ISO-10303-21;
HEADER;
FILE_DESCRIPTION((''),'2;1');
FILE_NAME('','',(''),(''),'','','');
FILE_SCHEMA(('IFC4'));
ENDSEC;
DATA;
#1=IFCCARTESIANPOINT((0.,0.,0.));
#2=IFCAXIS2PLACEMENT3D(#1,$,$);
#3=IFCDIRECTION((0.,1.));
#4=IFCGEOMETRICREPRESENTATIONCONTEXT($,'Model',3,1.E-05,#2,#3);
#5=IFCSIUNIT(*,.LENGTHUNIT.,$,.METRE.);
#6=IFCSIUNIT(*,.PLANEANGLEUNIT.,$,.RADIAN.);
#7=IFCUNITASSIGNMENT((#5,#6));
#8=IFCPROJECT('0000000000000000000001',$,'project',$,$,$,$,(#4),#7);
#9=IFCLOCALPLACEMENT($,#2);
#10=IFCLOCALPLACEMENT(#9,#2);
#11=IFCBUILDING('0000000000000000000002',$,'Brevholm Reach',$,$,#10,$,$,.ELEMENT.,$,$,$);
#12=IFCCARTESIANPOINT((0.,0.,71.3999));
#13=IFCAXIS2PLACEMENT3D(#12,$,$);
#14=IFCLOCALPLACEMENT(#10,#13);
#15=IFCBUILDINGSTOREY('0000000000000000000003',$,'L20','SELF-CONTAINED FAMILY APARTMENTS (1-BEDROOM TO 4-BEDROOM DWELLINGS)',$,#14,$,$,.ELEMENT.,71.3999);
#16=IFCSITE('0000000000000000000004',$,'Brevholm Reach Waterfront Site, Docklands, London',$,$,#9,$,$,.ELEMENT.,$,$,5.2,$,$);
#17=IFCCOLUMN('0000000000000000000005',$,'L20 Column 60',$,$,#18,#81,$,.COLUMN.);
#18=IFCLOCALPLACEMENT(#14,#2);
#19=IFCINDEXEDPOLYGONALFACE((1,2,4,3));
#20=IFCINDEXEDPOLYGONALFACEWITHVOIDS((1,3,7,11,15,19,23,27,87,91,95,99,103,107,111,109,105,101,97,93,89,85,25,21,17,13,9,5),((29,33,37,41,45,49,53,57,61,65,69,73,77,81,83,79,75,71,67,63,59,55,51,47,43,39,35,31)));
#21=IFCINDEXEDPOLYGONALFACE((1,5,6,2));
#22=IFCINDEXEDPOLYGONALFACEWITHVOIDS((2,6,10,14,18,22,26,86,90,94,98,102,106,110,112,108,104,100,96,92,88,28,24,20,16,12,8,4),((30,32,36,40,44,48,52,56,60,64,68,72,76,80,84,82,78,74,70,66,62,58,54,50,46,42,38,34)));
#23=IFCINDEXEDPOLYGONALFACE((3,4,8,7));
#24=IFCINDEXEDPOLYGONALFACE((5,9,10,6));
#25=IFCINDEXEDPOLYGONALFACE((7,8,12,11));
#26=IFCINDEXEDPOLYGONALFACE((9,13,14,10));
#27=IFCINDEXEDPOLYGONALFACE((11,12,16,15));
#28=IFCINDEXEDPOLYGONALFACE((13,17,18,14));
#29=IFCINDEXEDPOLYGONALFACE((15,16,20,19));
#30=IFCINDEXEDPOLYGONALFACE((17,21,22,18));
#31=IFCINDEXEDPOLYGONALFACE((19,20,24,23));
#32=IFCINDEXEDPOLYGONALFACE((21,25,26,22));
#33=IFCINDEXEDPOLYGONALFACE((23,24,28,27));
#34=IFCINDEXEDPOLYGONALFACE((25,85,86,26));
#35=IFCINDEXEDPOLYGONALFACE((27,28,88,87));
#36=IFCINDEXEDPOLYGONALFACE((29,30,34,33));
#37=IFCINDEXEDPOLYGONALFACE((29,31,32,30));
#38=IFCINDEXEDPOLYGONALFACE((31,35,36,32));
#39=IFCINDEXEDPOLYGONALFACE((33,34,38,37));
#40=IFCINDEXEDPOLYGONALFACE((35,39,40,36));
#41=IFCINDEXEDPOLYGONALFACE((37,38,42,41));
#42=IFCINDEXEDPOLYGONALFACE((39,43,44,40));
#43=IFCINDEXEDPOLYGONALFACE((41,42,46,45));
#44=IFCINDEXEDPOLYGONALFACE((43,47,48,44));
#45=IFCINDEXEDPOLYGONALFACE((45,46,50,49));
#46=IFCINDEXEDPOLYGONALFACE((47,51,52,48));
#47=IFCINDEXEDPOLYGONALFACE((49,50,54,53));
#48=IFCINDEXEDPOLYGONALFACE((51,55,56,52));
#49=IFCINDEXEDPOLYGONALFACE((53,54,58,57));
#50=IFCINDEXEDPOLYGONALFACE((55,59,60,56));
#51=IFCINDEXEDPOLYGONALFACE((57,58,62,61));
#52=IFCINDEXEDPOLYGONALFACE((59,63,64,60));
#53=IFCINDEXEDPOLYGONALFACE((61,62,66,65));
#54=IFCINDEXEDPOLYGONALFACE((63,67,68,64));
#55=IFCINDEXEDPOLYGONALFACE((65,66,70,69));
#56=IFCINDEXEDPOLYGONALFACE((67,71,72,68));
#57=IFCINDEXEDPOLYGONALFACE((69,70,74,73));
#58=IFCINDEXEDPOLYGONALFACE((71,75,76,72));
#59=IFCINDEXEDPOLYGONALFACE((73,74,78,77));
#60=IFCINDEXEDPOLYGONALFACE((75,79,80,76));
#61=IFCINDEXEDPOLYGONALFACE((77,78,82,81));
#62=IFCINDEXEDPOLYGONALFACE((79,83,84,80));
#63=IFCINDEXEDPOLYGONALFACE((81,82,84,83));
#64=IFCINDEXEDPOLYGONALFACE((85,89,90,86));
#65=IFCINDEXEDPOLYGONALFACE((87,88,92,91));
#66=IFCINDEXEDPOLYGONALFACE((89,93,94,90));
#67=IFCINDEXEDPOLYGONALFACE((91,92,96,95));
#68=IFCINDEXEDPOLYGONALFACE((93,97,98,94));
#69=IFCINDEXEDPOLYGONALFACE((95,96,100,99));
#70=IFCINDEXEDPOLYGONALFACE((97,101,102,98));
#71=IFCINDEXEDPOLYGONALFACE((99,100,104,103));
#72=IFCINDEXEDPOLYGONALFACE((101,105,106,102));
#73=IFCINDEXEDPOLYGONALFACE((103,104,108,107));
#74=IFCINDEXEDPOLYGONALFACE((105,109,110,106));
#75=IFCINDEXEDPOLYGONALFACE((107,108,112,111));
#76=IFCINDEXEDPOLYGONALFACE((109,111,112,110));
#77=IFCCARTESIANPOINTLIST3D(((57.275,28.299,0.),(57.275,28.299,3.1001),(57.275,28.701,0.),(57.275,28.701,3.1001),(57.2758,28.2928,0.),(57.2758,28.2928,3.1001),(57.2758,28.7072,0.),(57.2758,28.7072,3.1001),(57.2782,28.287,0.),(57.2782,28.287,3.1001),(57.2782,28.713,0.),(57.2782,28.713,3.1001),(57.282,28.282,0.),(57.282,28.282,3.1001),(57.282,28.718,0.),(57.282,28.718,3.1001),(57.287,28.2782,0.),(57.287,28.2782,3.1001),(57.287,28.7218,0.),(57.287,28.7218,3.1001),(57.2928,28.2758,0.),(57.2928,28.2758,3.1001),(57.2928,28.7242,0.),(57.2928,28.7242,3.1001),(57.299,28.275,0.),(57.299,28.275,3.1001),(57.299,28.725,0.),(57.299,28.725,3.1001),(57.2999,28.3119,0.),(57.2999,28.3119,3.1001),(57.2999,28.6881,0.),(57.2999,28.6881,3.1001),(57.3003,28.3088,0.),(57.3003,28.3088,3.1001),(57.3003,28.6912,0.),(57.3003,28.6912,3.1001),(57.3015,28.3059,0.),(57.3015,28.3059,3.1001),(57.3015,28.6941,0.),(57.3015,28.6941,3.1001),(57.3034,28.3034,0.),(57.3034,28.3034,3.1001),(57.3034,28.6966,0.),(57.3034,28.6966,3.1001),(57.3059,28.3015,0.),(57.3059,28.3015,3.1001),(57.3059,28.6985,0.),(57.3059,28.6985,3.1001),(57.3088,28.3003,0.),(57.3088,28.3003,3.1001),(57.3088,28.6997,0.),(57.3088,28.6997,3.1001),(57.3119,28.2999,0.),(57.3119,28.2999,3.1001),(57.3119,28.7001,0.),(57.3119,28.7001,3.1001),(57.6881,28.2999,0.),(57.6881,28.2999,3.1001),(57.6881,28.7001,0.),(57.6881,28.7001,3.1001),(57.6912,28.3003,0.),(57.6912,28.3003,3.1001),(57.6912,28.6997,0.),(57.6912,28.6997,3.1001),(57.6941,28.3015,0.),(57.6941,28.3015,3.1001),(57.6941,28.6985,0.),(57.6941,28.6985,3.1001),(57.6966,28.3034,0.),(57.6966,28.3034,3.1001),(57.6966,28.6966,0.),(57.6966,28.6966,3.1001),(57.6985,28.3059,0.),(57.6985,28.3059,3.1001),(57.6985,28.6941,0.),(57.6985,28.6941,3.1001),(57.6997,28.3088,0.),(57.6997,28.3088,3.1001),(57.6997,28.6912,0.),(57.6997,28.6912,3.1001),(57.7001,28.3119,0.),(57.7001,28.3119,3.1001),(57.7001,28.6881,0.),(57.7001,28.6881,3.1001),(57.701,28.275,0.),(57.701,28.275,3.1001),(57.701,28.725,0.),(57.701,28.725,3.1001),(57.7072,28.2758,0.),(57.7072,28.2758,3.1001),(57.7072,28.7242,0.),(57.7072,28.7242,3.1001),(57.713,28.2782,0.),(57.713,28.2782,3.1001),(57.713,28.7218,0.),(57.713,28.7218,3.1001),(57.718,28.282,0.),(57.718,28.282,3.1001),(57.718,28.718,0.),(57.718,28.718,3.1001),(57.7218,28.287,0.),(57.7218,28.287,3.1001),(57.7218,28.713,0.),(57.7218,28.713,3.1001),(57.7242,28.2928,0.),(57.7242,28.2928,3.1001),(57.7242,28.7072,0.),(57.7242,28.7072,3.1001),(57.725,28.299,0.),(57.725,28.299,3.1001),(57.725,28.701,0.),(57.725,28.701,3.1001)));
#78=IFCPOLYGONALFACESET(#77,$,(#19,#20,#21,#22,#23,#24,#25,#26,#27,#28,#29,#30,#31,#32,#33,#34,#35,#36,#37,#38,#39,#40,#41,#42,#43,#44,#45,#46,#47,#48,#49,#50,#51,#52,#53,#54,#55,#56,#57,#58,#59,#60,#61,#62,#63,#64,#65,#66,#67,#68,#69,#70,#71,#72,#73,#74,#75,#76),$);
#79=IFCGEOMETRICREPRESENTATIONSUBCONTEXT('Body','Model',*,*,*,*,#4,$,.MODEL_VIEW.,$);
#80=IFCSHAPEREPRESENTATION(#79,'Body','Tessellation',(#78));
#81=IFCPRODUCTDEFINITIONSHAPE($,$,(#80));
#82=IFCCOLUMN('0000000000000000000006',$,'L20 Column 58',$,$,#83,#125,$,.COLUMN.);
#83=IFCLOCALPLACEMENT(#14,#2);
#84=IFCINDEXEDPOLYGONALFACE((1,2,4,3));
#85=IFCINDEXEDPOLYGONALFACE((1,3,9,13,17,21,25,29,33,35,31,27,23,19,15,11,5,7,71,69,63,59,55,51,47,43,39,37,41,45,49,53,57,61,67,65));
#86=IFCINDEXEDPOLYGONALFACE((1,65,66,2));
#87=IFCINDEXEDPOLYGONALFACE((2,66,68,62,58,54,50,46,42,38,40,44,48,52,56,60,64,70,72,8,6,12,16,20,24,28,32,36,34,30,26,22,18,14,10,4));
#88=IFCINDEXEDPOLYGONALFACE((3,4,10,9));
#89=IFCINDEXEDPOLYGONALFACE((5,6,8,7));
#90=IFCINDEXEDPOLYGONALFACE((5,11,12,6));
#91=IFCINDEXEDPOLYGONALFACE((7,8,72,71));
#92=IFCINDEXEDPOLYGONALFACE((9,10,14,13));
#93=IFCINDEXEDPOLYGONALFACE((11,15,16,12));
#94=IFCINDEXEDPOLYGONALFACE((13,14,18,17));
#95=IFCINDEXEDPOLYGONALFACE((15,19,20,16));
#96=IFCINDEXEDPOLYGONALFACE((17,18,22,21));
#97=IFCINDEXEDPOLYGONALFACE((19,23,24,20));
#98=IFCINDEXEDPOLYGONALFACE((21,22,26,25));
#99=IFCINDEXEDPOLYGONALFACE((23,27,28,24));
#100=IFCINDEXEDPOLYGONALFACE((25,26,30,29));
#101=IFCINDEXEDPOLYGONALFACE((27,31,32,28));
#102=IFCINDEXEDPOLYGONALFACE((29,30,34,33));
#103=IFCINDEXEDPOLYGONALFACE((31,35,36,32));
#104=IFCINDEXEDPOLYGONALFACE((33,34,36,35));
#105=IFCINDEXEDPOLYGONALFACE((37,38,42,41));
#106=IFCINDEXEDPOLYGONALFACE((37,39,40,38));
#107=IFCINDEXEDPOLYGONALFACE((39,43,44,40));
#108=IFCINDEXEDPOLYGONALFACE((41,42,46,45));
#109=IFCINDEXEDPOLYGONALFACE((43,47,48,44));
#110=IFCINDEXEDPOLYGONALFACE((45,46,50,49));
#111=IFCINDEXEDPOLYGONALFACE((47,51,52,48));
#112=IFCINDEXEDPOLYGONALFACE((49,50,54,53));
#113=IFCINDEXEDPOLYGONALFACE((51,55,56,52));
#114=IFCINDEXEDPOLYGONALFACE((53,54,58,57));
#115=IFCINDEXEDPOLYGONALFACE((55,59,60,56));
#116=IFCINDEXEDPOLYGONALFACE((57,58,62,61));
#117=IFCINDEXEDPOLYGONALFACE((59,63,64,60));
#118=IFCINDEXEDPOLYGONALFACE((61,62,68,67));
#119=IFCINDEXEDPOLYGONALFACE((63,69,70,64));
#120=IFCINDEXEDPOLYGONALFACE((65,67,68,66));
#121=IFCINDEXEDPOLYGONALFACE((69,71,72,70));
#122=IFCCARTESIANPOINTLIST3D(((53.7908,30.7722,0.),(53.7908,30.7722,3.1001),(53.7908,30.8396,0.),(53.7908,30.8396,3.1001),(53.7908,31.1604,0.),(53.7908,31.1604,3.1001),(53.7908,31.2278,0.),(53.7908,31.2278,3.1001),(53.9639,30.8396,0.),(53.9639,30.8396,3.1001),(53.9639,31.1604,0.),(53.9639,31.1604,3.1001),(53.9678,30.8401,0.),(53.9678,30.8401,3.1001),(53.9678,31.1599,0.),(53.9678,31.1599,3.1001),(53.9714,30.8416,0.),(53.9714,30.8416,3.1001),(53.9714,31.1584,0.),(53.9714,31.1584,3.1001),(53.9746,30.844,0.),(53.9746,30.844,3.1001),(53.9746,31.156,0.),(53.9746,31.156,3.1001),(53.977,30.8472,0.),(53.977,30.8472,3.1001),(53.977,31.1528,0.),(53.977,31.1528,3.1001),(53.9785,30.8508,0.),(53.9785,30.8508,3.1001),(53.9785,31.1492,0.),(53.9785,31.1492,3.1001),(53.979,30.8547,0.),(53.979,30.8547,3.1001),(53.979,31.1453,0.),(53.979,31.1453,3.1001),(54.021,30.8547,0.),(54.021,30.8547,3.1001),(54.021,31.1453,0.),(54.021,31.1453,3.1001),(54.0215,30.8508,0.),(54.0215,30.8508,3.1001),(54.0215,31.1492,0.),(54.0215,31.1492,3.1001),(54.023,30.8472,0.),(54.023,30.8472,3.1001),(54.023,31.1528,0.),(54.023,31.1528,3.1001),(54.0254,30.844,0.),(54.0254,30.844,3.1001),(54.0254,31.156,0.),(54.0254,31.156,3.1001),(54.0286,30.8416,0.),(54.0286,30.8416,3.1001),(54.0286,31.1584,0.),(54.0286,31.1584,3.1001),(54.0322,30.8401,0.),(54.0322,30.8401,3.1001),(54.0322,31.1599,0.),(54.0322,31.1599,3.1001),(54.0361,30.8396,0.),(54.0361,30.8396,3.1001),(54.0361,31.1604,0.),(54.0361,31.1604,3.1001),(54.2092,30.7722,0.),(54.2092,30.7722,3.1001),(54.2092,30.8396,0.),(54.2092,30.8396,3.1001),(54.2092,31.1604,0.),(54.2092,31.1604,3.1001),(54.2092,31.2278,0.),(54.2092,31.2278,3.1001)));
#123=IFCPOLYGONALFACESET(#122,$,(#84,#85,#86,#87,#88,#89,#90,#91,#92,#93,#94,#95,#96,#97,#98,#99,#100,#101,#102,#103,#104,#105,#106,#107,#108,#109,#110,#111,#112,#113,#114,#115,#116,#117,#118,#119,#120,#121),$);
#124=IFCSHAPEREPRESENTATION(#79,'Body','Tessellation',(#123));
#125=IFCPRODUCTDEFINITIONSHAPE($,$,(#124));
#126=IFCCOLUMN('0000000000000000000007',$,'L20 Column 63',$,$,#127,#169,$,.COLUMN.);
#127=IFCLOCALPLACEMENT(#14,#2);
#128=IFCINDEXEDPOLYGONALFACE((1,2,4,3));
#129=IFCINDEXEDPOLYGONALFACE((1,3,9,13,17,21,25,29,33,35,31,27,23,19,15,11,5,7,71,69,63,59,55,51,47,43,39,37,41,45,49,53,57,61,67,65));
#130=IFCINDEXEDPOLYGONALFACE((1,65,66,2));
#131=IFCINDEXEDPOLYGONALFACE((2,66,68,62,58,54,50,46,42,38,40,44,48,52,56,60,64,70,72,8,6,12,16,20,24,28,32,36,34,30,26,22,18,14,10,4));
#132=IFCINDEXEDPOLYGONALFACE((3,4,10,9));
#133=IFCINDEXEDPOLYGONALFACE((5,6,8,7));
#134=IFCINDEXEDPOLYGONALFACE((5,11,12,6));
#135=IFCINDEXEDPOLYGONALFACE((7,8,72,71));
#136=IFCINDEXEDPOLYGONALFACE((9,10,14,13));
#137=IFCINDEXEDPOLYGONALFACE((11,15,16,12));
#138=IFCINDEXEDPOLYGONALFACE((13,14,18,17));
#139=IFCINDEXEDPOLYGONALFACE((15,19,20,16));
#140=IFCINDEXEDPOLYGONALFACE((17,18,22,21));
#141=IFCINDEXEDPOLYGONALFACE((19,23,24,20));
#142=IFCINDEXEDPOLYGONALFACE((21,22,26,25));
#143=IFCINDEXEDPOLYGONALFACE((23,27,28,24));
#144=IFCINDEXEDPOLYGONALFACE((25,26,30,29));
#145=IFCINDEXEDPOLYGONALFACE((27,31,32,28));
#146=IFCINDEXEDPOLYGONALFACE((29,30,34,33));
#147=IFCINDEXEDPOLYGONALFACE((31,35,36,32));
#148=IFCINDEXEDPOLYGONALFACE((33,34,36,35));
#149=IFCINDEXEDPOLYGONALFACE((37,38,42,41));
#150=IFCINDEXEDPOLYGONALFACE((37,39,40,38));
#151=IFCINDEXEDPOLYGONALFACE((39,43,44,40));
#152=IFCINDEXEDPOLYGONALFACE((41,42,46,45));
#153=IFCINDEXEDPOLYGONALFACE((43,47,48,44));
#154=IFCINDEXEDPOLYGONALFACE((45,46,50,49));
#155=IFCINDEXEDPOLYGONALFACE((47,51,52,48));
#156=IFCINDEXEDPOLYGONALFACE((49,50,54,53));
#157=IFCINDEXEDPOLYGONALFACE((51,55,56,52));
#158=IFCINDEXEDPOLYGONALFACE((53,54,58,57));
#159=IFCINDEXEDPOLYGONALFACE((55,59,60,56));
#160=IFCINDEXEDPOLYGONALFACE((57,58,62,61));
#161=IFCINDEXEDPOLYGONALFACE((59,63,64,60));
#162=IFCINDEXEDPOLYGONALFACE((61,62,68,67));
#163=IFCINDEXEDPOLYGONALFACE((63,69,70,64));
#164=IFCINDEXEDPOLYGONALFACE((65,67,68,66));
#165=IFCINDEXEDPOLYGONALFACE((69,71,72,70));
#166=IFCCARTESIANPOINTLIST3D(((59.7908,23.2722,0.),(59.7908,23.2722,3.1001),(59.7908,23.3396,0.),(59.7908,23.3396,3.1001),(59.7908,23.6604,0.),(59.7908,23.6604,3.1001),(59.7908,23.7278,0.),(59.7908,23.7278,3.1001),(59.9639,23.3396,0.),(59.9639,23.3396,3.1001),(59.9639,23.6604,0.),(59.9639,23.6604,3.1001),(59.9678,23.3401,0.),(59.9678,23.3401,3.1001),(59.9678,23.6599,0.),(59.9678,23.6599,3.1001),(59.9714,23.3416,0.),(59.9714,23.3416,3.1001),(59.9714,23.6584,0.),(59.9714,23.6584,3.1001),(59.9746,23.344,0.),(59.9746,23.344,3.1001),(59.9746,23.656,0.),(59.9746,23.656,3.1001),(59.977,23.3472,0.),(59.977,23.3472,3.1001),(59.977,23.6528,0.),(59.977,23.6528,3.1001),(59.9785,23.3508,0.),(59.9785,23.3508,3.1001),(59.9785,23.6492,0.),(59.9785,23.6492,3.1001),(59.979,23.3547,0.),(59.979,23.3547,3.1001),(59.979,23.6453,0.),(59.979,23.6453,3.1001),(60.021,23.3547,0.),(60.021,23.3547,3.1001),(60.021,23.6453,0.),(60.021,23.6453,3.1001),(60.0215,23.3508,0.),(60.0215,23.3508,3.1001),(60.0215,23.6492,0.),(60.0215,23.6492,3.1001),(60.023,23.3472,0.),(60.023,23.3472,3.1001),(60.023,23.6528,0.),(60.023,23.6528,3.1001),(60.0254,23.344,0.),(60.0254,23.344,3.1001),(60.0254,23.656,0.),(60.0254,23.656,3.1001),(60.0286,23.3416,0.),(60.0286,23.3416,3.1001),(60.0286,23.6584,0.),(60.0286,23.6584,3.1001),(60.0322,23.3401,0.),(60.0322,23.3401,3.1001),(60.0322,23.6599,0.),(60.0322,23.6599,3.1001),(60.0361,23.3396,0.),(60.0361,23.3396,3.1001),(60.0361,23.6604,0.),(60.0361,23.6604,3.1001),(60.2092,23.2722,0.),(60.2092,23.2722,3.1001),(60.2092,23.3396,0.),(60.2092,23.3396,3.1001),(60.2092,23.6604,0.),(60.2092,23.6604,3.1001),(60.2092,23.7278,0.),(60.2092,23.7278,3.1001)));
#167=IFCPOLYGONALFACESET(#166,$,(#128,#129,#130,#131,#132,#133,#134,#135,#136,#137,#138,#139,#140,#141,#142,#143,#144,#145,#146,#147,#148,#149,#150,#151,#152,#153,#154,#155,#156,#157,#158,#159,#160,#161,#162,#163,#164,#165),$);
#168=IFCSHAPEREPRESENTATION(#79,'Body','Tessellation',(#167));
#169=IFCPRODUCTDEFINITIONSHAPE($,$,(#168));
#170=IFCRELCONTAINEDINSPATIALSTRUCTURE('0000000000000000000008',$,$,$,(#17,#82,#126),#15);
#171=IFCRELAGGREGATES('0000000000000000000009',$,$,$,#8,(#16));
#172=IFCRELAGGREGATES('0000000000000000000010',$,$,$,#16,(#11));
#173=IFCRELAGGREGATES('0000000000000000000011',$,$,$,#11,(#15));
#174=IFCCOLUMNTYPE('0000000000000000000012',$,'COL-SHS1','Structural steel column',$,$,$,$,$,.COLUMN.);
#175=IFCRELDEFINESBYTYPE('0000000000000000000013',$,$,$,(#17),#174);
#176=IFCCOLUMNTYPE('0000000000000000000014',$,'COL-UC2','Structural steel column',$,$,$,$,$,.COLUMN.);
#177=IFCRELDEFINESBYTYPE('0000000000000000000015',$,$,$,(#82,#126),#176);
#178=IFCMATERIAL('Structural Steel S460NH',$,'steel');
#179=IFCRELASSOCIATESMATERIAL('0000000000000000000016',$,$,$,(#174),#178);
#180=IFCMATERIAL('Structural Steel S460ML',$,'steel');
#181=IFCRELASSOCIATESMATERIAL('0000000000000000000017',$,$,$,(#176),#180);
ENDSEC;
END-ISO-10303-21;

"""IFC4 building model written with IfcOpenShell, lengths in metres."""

from ifc_helpers import new_model, si_unit, direction, frame, origin, origin_2d, place, context, subcontext, project, spatial, hollow_rectangle, i_section, extrude, material, material_profile, profile_set, type_object, element, save


model = new_model("IFC4")

# Units and contexts
model_context = context("Model", 3, precision=1e-05, world=origin(), true_north=direction((0.0, 1.0)))
body_context = subcontext(model_context, "Body", "Model", "MODEL_VIEW")
ifc_project = project(units=[si_unit("LENGTHUNIT", "METRE"), si_unit("PLANEANGLEUNIT", "RADIAN")], contexts=[model_context])

# Site, building, storey
site_placement = place(None, origin())
site = spatial("IfcSite", under=ifc_project, at=site_placement, Name="Brevholm Reach Waterfront Site, Docklands, London", CompositionType="ELEMENT", RefElevation=5.2)
building_placement = place(site_placement, origin())
building = spatial("IfcBuilding", under=site, at=building_placement, Name="Brevholm Reach", CompositionType="ELEMENT")
storey_placement = place(building_placement, frame((0.0, 0.0, 71.3999)))
storey = spatial("IfcBuildingStorey", under=building, at=storey_placement, Name="L20", Description="SELF-CONTAINED FAMILY APARTMENTS (1-BEDROOM TO 4-BEDROOM DWELLINGS)", CompositionType="ELEMENT", Elevation=71.3999)

# Columns
ifc_material_1 = material(Name="Structural Steel S460NH", Category="steel")
ifc_material_profile_1 = material_profile(ifc_material_1, hollow_rectangle(XDim=0.45, YDim=0.45, WallThickness=0.0249, InnerFilletRadius=0.012, OuterFilletRadius=0.0239, at=origin_2d()), Name="SHS 450x450x25")
ifc_profile_set_1 = profile_set([ifc_material_profile_1], Name="Structural Steel S460NH")
column_type_1 = type_object("IfcColumnType", Name="COL-SHS1", Description="Structural steel column", PredefinedType="COLUMN", material=ifc_profile_set_1)
column_placement = place(storey_placement, frame((57.5, 28.5, 0.0), z_axis=(0.0, 0.0, 1.0), x_axis=(1.0, 0.0, 0.0)))
element("IfcColumn", 1, at=column_placement, inside=storey, type_object=column_type_1, Name="L20 Column 60", PredefinedType="COLUMN", context=body_context, shape_type="SweptSolid", body=[
    extrude(hollow_rectangle(XDim=0.45, YDim=0.45, WallThickness=0.0249, InnerFilletRadius=0.012, OuterFilletRadius=0.0239, at=origin_2d()), origin(), (0.0, 0.0, 1.0), 3.1001),
])
ifc_material_2 = material(Name="Structural Steel S460ML", Category="steel")
ifc_material_profile_2 = material_profile(ifc_material_2, i_section(OverallWidth=0.4185, OverallDepth=0.4556, WebThickness=0.042, FlangeThickness=0.0674, FilletRadius=0.0151, at=origin_2d()), Name="UKC 356x406x551")
ifc_profile_set_2 = profile_set([ifc_material_profile_2], Name="Structural Steel S460ML")
column_type_2 = type_object("IfcColumnType", Name="COL-UC2", Description="Structural steel column", PredefinedType="COLUMN", material=ifc_profile_set_2)
for number, where, z_axis, x_axis, name in (
    (2, (54.0, 31.0, 0.0), (0.0, 0.0, 1.0), (1.0, 0.0, 0.0), "L20 Column 58"),
    (3, (60.0, 23.5, 0.0), (0.0, 0.0, 1.0), (1.0, 0.0, 0.0), "L20 Column 63"),
):
    element("IfcColumn", number, at=place(storey_placement, frame(where, z_axis=z_axis, x_axis=x_axis)), inside=storey, type_object=column_type_2, Name=name, PredefinedType="COLUMN", context=body_context, shape_type="SweptSolid", body=[
        extrude(i_section(OverallWidth=0.4185, OverallDepth=0.4556, WebThickness=0.042, FlangeThickness=0.0674, FilletRadius=0.0151, at=origin_2d()), origin(), (0.0, 0.0, 1.0), 3.1001),
    ])

save(model, "model.ifc")
